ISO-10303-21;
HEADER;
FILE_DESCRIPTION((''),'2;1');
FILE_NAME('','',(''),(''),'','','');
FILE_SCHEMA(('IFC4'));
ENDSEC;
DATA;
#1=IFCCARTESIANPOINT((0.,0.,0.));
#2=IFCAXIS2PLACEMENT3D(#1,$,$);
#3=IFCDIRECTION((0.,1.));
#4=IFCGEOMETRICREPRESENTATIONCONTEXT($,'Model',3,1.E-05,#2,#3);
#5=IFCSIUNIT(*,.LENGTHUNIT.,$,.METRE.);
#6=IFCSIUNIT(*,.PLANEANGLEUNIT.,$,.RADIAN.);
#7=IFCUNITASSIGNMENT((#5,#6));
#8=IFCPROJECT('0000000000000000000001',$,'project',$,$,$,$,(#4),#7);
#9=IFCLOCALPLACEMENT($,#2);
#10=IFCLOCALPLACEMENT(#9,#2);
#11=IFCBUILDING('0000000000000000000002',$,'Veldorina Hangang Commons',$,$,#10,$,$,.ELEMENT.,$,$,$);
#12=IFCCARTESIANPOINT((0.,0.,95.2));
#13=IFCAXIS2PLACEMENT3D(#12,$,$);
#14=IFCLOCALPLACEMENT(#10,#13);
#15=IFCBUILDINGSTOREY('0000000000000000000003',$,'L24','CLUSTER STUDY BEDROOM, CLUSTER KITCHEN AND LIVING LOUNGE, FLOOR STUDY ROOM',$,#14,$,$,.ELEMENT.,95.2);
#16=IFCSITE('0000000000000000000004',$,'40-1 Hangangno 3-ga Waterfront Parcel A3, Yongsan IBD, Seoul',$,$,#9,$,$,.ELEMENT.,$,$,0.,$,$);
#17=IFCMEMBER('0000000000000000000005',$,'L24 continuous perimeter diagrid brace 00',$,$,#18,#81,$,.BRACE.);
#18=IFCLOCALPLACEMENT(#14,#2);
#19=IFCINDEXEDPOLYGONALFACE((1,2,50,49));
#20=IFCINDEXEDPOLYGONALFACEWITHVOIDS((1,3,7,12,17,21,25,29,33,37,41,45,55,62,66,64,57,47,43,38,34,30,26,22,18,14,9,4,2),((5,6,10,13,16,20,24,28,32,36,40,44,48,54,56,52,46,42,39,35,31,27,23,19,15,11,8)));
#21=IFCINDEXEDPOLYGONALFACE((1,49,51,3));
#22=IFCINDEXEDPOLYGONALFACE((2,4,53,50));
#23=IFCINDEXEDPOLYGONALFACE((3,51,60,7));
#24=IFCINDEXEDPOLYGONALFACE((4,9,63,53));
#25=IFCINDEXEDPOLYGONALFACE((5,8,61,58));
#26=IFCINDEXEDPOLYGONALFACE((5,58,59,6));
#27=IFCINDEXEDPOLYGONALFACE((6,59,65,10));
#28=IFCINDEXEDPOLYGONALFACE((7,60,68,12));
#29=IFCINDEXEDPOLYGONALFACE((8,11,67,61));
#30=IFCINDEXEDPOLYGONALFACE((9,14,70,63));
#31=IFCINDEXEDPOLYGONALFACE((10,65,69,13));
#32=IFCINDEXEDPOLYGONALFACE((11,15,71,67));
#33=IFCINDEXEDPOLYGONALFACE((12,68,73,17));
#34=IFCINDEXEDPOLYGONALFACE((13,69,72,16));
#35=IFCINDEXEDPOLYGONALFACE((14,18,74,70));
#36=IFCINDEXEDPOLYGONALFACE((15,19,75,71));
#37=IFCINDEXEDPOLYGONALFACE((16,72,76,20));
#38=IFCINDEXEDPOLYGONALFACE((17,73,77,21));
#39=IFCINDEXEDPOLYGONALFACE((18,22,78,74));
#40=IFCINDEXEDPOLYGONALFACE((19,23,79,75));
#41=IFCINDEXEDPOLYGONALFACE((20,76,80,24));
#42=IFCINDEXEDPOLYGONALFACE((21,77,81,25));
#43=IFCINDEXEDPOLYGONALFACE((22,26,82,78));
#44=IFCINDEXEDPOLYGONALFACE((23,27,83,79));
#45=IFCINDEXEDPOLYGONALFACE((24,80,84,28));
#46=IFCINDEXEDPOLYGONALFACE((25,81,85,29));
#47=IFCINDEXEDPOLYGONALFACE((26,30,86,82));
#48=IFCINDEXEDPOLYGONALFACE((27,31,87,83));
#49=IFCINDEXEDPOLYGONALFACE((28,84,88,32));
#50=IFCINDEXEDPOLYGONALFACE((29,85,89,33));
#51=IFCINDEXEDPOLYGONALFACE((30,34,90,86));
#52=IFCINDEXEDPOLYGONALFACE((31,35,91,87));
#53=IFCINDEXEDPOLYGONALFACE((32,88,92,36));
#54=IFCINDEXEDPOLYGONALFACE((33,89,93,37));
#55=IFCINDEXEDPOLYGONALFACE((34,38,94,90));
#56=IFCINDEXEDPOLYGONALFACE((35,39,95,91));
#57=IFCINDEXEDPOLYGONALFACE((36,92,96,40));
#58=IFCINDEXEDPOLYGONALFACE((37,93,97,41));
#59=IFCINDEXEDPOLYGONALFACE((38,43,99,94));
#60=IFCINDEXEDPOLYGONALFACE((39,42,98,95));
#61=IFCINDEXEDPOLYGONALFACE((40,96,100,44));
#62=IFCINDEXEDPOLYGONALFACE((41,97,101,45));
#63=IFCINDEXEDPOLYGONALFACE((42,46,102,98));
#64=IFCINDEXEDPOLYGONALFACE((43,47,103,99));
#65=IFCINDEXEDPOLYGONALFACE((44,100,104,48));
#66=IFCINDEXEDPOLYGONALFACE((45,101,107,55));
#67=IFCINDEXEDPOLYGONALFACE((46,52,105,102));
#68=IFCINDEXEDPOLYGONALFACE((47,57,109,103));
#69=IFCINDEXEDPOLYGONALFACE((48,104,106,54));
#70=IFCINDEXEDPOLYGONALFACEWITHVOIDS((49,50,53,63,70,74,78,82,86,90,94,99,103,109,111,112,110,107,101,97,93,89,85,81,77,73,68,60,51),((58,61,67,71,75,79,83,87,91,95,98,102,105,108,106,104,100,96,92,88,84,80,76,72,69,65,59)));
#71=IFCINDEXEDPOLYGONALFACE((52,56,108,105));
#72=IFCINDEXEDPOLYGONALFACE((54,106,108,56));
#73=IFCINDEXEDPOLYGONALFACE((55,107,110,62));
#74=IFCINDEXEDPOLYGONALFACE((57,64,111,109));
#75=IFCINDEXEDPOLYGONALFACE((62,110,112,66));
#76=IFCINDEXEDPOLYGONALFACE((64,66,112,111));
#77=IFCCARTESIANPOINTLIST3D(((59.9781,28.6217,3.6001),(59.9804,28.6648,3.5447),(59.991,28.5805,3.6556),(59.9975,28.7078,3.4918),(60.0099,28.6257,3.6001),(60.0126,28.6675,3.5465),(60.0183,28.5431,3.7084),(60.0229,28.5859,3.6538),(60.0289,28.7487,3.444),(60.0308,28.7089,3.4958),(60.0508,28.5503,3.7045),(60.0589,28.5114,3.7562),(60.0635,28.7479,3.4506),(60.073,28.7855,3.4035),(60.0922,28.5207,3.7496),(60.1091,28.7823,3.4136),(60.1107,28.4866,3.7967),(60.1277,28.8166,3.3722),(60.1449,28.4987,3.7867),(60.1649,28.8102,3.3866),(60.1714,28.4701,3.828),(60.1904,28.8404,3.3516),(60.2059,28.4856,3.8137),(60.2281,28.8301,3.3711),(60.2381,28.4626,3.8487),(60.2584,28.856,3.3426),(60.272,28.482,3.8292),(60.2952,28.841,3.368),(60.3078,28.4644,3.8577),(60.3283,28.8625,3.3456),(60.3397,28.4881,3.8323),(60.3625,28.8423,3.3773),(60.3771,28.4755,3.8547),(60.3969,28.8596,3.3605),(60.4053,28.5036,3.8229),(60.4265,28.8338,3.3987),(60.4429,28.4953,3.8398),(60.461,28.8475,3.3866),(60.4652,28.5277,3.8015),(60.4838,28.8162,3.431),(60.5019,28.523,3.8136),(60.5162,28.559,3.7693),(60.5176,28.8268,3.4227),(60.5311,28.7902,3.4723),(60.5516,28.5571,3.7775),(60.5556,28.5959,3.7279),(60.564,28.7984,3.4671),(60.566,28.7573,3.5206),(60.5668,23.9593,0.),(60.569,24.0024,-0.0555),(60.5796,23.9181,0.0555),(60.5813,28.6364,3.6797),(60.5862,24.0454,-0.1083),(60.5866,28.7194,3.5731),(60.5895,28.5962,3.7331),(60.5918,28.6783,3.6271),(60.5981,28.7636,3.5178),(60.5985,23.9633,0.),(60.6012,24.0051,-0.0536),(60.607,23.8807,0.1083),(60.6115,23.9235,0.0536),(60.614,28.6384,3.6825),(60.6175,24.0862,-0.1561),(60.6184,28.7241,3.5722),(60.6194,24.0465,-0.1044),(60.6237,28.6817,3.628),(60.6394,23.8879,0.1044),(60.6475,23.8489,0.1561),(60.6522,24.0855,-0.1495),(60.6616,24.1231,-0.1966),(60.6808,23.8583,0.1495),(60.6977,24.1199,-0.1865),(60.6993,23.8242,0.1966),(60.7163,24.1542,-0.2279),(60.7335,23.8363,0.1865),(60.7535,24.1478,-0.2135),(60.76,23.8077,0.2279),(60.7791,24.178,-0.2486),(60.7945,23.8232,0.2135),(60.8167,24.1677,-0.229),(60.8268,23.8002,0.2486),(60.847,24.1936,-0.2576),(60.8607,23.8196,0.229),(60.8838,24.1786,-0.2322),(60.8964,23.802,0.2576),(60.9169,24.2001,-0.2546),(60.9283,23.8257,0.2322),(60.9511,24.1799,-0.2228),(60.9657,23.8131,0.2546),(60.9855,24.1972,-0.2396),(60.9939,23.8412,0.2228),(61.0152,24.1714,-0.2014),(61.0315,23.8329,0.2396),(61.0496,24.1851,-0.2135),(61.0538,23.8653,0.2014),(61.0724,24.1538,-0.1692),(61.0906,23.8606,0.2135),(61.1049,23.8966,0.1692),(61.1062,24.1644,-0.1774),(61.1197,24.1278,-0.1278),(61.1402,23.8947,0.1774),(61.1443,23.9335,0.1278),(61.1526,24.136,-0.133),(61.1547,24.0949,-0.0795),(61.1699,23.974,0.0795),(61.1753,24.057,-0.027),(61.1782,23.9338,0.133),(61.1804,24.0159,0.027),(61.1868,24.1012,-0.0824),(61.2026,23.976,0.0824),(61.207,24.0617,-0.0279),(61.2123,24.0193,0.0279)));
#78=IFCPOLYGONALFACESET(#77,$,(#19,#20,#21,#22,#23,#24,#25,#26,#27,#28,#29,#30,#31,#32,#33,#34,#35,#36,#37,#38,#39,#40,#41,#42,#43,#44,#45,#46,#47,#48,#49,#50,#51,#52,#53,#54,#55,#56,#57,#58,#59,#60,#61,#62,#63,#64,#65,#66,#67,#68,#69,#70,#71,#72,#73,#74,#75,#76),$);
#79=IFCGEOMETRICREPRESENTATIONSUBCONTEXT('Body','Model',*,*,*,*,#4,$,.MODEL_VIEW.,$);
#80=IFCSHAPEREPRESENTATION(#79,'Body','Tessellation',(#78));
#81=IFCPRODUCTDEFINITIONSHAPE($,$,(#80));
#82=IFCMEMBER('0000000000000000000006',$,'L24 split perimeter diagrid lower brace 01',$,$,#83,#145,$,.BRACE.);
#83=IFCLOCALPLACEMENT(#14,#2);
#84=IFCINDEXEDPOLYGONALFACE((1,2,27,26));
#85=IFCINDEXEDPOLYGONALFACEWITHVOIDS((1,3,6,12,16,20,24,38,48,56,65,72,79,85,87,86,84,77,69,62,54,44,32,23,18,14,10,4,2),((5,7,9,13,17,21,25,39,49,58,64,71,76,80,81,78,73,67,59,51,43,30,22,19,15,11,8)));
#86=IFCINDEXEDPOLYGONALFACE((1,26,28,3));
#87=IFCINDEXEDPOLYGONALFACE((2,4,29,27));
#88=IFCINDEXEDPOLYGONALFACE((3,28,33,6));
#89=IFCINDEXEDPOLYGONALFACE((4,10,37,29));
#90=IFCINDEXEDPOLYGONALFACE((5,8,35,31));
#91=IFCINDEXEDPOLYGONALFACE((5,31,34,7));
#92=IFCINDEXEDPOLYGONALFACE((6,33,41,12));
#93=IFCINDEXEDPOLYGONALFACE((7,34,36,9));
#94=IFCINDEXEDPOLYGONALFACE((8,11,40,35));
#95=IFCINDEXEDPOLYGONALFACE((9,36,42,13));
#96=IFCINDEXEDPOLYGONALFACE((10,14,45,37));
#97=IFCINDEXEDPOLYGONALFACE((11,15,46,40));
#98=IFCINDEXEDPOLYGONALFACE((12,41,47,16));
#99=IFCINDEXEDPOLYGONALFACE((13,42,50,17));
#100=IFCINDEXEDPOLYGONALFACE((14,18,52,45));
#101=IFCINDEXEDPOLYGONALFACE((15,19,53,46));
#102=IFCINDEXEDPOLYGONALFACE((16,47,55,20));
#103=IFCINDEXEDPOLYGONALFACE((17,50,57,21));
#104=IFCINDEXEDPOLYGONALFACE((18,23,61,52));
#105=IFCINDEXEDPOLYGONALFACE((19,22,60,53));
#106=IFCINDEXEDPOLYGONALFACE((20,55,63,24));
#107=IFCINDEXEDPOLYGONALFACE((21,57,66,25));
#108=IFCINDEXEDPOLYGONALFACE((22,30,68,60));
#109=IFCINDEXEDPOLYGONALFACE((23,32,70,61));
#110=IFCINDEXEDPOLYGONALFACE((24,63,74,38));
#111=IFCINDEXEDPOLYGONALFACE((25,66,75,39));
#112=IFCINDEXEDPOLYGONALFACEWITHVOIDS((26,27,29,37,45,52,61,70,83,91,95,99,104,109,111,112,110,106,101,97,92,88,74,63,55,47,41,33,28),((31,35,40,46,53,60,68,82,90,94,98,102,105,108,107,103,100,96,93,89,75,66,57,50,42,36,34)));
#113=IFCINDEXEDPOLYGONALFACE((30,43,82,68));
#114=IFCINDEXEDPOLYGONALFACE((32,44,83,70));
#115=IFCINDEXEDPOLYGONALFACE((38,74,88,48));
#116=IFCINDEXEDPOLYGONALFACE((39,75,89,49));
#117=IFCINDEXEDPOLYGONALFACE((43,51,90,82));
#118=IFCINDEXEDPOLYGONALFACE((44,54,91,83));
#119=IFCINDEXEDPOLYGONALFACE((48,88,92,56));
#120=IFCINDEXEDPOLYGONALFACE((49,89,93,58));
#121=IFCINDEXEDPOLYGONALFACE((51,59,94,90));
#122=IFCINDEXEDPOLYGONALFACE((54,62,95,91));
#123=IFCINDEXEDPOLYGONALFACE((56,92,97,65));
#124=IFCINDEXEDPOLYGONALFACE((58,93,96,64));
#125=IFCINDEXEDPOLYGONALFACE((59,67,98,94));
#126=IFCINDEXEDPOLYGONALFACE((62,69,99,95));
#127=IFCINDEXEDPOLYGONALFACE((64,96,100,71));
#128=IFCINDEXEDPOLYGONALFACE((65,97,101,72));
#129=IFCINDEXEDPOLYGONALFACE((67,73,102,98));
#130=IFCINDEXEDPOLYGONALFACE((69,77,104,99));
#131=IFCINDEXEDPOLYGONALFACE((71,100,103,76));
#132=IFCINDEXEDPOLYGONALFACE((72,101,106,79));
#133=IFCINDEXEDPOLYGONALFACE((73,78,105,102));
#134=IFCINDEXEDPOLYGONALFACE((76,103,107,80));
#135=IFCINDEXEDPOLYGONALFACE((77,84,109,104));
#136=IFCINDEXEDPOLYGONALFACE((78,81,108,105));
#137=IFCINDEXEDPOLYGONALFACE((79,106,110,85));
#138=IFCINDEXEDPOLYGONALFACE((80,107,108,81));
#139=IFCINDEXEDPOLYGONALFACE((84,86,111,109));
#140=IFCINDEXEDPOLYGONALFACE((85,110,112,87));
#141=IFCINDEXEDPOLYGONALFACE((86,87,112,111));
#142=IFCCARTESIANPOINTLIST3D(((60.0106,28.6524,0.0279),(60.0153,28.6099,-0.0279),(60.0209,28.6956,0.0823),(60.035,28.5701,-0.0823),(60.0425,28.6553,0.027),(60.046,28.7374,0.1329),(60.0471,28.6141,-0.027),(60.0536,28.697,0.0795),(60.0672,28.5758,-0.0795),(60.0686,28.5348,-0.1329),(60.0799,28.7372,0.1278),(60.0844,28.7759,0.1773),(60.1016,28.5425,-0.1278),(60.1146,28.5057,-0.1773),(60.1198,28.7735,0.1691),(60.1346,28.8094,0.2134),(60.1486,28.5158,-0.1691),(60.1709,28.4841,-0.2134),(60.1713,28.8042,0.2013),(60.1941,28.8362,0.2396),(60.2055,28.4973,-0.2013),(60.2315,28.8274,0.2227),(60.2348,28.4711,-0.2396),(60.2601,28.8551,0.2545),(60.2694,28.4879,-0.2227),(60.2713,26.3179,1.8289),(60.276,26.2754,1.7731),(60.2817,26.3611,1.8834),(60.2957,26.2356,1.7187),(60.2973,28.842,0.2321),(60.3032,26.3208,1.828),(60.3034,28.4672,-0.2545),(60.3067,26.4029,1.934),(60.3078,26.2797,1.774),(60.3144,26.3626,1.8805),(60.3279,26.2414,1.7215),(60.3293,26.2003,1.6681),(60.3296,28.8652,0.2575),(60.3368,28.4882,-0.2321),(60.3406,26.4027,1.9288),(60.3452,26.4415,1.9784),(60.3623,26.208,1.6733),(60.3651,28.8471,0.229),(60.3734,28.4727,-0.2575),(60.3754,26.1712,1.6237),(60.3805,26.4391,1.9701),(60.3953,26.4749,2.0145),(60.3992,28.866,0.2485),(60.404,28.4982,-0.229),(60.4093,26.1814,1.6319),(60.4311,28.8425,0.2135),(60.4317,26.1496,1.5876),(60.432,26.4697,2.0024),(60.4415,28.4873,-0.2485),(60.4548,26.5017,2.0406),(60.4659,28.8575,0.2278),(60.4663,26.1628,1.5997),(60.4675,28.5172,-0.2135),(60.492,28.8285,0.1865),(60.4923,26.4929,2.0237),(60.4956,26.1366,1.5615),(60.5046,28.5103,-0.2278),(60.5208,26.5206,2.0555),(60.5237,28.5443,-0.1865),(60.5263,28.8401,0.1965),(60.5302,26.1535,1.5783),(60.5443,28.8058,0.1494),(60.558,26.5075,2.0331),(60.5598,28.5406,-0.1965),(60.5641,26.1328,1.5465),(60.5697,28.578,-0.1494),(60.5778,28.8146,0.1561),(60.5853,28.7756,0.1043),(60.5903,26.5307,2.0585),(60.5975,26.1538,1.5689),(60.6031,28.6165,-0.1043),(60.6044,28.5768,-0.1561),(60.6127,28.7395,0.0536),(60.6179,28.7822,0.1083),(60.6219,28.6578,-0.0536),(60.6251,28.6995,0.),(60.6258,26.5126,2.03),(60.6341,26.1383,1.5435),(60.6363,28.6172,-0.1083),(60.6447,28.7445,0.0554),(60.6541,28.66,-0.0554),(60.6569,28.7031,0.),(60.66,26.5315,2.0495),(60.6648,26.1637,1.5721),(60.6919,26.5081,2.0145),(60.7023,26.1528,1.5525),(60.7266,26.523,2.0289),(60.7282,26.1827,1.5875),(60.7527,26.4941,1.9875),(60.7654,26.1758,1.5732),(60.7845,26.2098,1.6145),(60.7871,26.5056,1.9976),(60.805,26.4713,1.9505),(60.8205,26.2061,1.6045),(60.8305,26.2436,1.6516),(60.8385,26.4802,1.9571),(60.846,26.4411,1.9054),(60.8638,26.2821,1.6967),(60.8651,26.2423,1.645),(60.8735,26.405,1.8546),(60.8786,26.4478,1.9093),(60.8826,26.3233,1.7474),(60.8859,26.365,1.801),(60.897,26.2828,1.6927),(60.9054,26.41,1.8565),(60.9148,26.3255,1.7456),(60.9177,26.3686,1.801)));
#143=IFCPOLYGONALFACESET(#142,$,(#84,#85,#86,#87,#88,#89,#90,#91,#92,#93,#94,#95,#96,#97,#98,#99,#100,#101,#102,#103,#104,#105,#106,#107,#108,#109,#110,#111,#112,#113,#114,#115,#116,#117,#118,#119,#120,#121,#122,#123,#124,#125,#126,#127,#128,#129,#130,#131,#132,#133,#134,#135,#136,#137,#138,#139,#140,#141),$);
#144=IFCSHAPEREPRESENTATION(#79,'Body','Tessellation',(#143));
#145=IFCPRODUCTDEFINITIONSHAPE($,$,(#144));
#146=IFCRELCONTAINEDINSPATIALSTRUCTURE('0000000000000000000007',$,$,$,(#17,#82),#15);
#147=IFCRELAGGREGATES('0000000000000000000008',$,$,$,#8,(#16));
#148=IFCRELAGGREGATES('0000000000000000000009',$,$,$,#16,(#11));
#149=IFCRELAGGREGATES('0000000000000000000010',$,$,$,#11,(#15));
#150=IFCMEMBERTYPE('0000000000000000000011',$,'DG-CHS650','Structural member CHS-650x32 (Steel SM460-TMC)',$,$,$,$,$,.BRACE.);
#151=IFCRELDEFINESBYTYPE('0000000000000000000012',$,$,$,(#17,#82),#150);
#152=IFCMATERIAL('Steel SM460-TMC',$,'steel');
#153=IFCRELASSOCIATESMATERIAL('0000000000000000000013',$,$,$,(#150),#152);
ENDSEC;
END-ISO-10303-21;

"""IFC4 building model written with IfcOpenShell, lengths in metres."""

from ifc_helpers import new_model, si_unit, direction, frame, origin, origin_2d, place, context, subcontext, project, spatial, hollow_circle, extrude, material, material_profile, profile_set, type_object, element, save


model = new_model("IFC4")

# Units and contexts
model_context = context("Model", 3, precision=1e-05, world=origin(), true_north=direction((0.0, 1.0)))
body_context = subcontext(model_context, "Body", "Model", "MODEL_VIEW")
ifc_project = project(units=[si_unit("LENGTHUNIT", "METRE"), si_unit("PLANEANGLEUNIT", "RADIAN")], contexts=[model_context])

# Site, building, storey
site_placement = place(None, origin())
site = spatial("IfcSite", under=ifc_project, at=site_placement, Name="40-1 Hangangno 3-ga Waterfront Parcel A3, Yongsan IBD, Seoul", CompositionType="ELEMENT", RefElevation=0.0)
building_placement = place(site_placement, origin())
building = spatial("IfcBuilding", under=site, at=building_placement, Name="Veldorina Hangang Commons", CompositionType="ELEMENT")
storey_placement = place(building_placement, frame((0.0, 0.0, 95.2)))
storey = spatial("IfcBuildingStorey", under=building, at=storey_placement, Name="L24", Description="CLUSTER STUDY BEDROOM, CLUSTER KITCHEN AND LIVING LOUNGE, FLOOR STUDY ROOM", CompositionType="ELEMENT", Elevation=95.2)

# Members
ifc_material_1 = material(Name="Steel SM460-TMC", Category="steel")
ifc_material_profile_1 = material_profile(ifc_material_1, hollow_circle(Radius=0.325, WallThickness=0.032, at=origin_2d()), Name="CHS-650x32")
ifc_profile_set_1 = profile_set([ifc_material_profile_1], Name="Steel SM460-TMC")
member_type = type_object("IfcMemberType", Name="DG-CHS650", Description="Structural member CHS-650x32 (Steel SM460-TMC)", PredefinedType="BRACE", material=ifc_profile_set_1)
member_1_placement = place(storey_placement, frame((60.8892, 24.0, 0.0), z_axis=(-0.099432, 0.787579, 0.608139), x_axis=(-0.992124, -0.125256, 0.0)))
element("IfcMember", 1, at=member_1_placement, inside=storey, type_object=member_type, Name="L24 continuous perimeter diagrid brace 00", PredefinedType="BRACE", context=body_context, shape_type="SweptSolid", body=[
    extrude(hollow_circle(Radius=0.325, WallThickness=0.032, at=origin_2d()), origin(), (0.0, 0.0, 1.0), 5.9199),
])
member_2_placement = place(storey_placement, frame((60.334, 28.667, 0.0), z_axis=(0.088089, -0.78868, 0.60846), x_axis=(0.99382, 0.111002, 0.0)))
element("IfcMember", 2, at=member_2_placement, inside=storey, type_object=member_type, Name="L24 split perimeter diagrid lower brace 01", PredefinedType="BRACE", context=body_context, shape_type="SweptSolid", body=[
    extrude(hollow_circle(Radius=0.325, WallThickness=0.032, at=origin_2d()), origin(), (0.0, 0.0, 1.0), 2.96),
])

save(model, "model.ifc")
